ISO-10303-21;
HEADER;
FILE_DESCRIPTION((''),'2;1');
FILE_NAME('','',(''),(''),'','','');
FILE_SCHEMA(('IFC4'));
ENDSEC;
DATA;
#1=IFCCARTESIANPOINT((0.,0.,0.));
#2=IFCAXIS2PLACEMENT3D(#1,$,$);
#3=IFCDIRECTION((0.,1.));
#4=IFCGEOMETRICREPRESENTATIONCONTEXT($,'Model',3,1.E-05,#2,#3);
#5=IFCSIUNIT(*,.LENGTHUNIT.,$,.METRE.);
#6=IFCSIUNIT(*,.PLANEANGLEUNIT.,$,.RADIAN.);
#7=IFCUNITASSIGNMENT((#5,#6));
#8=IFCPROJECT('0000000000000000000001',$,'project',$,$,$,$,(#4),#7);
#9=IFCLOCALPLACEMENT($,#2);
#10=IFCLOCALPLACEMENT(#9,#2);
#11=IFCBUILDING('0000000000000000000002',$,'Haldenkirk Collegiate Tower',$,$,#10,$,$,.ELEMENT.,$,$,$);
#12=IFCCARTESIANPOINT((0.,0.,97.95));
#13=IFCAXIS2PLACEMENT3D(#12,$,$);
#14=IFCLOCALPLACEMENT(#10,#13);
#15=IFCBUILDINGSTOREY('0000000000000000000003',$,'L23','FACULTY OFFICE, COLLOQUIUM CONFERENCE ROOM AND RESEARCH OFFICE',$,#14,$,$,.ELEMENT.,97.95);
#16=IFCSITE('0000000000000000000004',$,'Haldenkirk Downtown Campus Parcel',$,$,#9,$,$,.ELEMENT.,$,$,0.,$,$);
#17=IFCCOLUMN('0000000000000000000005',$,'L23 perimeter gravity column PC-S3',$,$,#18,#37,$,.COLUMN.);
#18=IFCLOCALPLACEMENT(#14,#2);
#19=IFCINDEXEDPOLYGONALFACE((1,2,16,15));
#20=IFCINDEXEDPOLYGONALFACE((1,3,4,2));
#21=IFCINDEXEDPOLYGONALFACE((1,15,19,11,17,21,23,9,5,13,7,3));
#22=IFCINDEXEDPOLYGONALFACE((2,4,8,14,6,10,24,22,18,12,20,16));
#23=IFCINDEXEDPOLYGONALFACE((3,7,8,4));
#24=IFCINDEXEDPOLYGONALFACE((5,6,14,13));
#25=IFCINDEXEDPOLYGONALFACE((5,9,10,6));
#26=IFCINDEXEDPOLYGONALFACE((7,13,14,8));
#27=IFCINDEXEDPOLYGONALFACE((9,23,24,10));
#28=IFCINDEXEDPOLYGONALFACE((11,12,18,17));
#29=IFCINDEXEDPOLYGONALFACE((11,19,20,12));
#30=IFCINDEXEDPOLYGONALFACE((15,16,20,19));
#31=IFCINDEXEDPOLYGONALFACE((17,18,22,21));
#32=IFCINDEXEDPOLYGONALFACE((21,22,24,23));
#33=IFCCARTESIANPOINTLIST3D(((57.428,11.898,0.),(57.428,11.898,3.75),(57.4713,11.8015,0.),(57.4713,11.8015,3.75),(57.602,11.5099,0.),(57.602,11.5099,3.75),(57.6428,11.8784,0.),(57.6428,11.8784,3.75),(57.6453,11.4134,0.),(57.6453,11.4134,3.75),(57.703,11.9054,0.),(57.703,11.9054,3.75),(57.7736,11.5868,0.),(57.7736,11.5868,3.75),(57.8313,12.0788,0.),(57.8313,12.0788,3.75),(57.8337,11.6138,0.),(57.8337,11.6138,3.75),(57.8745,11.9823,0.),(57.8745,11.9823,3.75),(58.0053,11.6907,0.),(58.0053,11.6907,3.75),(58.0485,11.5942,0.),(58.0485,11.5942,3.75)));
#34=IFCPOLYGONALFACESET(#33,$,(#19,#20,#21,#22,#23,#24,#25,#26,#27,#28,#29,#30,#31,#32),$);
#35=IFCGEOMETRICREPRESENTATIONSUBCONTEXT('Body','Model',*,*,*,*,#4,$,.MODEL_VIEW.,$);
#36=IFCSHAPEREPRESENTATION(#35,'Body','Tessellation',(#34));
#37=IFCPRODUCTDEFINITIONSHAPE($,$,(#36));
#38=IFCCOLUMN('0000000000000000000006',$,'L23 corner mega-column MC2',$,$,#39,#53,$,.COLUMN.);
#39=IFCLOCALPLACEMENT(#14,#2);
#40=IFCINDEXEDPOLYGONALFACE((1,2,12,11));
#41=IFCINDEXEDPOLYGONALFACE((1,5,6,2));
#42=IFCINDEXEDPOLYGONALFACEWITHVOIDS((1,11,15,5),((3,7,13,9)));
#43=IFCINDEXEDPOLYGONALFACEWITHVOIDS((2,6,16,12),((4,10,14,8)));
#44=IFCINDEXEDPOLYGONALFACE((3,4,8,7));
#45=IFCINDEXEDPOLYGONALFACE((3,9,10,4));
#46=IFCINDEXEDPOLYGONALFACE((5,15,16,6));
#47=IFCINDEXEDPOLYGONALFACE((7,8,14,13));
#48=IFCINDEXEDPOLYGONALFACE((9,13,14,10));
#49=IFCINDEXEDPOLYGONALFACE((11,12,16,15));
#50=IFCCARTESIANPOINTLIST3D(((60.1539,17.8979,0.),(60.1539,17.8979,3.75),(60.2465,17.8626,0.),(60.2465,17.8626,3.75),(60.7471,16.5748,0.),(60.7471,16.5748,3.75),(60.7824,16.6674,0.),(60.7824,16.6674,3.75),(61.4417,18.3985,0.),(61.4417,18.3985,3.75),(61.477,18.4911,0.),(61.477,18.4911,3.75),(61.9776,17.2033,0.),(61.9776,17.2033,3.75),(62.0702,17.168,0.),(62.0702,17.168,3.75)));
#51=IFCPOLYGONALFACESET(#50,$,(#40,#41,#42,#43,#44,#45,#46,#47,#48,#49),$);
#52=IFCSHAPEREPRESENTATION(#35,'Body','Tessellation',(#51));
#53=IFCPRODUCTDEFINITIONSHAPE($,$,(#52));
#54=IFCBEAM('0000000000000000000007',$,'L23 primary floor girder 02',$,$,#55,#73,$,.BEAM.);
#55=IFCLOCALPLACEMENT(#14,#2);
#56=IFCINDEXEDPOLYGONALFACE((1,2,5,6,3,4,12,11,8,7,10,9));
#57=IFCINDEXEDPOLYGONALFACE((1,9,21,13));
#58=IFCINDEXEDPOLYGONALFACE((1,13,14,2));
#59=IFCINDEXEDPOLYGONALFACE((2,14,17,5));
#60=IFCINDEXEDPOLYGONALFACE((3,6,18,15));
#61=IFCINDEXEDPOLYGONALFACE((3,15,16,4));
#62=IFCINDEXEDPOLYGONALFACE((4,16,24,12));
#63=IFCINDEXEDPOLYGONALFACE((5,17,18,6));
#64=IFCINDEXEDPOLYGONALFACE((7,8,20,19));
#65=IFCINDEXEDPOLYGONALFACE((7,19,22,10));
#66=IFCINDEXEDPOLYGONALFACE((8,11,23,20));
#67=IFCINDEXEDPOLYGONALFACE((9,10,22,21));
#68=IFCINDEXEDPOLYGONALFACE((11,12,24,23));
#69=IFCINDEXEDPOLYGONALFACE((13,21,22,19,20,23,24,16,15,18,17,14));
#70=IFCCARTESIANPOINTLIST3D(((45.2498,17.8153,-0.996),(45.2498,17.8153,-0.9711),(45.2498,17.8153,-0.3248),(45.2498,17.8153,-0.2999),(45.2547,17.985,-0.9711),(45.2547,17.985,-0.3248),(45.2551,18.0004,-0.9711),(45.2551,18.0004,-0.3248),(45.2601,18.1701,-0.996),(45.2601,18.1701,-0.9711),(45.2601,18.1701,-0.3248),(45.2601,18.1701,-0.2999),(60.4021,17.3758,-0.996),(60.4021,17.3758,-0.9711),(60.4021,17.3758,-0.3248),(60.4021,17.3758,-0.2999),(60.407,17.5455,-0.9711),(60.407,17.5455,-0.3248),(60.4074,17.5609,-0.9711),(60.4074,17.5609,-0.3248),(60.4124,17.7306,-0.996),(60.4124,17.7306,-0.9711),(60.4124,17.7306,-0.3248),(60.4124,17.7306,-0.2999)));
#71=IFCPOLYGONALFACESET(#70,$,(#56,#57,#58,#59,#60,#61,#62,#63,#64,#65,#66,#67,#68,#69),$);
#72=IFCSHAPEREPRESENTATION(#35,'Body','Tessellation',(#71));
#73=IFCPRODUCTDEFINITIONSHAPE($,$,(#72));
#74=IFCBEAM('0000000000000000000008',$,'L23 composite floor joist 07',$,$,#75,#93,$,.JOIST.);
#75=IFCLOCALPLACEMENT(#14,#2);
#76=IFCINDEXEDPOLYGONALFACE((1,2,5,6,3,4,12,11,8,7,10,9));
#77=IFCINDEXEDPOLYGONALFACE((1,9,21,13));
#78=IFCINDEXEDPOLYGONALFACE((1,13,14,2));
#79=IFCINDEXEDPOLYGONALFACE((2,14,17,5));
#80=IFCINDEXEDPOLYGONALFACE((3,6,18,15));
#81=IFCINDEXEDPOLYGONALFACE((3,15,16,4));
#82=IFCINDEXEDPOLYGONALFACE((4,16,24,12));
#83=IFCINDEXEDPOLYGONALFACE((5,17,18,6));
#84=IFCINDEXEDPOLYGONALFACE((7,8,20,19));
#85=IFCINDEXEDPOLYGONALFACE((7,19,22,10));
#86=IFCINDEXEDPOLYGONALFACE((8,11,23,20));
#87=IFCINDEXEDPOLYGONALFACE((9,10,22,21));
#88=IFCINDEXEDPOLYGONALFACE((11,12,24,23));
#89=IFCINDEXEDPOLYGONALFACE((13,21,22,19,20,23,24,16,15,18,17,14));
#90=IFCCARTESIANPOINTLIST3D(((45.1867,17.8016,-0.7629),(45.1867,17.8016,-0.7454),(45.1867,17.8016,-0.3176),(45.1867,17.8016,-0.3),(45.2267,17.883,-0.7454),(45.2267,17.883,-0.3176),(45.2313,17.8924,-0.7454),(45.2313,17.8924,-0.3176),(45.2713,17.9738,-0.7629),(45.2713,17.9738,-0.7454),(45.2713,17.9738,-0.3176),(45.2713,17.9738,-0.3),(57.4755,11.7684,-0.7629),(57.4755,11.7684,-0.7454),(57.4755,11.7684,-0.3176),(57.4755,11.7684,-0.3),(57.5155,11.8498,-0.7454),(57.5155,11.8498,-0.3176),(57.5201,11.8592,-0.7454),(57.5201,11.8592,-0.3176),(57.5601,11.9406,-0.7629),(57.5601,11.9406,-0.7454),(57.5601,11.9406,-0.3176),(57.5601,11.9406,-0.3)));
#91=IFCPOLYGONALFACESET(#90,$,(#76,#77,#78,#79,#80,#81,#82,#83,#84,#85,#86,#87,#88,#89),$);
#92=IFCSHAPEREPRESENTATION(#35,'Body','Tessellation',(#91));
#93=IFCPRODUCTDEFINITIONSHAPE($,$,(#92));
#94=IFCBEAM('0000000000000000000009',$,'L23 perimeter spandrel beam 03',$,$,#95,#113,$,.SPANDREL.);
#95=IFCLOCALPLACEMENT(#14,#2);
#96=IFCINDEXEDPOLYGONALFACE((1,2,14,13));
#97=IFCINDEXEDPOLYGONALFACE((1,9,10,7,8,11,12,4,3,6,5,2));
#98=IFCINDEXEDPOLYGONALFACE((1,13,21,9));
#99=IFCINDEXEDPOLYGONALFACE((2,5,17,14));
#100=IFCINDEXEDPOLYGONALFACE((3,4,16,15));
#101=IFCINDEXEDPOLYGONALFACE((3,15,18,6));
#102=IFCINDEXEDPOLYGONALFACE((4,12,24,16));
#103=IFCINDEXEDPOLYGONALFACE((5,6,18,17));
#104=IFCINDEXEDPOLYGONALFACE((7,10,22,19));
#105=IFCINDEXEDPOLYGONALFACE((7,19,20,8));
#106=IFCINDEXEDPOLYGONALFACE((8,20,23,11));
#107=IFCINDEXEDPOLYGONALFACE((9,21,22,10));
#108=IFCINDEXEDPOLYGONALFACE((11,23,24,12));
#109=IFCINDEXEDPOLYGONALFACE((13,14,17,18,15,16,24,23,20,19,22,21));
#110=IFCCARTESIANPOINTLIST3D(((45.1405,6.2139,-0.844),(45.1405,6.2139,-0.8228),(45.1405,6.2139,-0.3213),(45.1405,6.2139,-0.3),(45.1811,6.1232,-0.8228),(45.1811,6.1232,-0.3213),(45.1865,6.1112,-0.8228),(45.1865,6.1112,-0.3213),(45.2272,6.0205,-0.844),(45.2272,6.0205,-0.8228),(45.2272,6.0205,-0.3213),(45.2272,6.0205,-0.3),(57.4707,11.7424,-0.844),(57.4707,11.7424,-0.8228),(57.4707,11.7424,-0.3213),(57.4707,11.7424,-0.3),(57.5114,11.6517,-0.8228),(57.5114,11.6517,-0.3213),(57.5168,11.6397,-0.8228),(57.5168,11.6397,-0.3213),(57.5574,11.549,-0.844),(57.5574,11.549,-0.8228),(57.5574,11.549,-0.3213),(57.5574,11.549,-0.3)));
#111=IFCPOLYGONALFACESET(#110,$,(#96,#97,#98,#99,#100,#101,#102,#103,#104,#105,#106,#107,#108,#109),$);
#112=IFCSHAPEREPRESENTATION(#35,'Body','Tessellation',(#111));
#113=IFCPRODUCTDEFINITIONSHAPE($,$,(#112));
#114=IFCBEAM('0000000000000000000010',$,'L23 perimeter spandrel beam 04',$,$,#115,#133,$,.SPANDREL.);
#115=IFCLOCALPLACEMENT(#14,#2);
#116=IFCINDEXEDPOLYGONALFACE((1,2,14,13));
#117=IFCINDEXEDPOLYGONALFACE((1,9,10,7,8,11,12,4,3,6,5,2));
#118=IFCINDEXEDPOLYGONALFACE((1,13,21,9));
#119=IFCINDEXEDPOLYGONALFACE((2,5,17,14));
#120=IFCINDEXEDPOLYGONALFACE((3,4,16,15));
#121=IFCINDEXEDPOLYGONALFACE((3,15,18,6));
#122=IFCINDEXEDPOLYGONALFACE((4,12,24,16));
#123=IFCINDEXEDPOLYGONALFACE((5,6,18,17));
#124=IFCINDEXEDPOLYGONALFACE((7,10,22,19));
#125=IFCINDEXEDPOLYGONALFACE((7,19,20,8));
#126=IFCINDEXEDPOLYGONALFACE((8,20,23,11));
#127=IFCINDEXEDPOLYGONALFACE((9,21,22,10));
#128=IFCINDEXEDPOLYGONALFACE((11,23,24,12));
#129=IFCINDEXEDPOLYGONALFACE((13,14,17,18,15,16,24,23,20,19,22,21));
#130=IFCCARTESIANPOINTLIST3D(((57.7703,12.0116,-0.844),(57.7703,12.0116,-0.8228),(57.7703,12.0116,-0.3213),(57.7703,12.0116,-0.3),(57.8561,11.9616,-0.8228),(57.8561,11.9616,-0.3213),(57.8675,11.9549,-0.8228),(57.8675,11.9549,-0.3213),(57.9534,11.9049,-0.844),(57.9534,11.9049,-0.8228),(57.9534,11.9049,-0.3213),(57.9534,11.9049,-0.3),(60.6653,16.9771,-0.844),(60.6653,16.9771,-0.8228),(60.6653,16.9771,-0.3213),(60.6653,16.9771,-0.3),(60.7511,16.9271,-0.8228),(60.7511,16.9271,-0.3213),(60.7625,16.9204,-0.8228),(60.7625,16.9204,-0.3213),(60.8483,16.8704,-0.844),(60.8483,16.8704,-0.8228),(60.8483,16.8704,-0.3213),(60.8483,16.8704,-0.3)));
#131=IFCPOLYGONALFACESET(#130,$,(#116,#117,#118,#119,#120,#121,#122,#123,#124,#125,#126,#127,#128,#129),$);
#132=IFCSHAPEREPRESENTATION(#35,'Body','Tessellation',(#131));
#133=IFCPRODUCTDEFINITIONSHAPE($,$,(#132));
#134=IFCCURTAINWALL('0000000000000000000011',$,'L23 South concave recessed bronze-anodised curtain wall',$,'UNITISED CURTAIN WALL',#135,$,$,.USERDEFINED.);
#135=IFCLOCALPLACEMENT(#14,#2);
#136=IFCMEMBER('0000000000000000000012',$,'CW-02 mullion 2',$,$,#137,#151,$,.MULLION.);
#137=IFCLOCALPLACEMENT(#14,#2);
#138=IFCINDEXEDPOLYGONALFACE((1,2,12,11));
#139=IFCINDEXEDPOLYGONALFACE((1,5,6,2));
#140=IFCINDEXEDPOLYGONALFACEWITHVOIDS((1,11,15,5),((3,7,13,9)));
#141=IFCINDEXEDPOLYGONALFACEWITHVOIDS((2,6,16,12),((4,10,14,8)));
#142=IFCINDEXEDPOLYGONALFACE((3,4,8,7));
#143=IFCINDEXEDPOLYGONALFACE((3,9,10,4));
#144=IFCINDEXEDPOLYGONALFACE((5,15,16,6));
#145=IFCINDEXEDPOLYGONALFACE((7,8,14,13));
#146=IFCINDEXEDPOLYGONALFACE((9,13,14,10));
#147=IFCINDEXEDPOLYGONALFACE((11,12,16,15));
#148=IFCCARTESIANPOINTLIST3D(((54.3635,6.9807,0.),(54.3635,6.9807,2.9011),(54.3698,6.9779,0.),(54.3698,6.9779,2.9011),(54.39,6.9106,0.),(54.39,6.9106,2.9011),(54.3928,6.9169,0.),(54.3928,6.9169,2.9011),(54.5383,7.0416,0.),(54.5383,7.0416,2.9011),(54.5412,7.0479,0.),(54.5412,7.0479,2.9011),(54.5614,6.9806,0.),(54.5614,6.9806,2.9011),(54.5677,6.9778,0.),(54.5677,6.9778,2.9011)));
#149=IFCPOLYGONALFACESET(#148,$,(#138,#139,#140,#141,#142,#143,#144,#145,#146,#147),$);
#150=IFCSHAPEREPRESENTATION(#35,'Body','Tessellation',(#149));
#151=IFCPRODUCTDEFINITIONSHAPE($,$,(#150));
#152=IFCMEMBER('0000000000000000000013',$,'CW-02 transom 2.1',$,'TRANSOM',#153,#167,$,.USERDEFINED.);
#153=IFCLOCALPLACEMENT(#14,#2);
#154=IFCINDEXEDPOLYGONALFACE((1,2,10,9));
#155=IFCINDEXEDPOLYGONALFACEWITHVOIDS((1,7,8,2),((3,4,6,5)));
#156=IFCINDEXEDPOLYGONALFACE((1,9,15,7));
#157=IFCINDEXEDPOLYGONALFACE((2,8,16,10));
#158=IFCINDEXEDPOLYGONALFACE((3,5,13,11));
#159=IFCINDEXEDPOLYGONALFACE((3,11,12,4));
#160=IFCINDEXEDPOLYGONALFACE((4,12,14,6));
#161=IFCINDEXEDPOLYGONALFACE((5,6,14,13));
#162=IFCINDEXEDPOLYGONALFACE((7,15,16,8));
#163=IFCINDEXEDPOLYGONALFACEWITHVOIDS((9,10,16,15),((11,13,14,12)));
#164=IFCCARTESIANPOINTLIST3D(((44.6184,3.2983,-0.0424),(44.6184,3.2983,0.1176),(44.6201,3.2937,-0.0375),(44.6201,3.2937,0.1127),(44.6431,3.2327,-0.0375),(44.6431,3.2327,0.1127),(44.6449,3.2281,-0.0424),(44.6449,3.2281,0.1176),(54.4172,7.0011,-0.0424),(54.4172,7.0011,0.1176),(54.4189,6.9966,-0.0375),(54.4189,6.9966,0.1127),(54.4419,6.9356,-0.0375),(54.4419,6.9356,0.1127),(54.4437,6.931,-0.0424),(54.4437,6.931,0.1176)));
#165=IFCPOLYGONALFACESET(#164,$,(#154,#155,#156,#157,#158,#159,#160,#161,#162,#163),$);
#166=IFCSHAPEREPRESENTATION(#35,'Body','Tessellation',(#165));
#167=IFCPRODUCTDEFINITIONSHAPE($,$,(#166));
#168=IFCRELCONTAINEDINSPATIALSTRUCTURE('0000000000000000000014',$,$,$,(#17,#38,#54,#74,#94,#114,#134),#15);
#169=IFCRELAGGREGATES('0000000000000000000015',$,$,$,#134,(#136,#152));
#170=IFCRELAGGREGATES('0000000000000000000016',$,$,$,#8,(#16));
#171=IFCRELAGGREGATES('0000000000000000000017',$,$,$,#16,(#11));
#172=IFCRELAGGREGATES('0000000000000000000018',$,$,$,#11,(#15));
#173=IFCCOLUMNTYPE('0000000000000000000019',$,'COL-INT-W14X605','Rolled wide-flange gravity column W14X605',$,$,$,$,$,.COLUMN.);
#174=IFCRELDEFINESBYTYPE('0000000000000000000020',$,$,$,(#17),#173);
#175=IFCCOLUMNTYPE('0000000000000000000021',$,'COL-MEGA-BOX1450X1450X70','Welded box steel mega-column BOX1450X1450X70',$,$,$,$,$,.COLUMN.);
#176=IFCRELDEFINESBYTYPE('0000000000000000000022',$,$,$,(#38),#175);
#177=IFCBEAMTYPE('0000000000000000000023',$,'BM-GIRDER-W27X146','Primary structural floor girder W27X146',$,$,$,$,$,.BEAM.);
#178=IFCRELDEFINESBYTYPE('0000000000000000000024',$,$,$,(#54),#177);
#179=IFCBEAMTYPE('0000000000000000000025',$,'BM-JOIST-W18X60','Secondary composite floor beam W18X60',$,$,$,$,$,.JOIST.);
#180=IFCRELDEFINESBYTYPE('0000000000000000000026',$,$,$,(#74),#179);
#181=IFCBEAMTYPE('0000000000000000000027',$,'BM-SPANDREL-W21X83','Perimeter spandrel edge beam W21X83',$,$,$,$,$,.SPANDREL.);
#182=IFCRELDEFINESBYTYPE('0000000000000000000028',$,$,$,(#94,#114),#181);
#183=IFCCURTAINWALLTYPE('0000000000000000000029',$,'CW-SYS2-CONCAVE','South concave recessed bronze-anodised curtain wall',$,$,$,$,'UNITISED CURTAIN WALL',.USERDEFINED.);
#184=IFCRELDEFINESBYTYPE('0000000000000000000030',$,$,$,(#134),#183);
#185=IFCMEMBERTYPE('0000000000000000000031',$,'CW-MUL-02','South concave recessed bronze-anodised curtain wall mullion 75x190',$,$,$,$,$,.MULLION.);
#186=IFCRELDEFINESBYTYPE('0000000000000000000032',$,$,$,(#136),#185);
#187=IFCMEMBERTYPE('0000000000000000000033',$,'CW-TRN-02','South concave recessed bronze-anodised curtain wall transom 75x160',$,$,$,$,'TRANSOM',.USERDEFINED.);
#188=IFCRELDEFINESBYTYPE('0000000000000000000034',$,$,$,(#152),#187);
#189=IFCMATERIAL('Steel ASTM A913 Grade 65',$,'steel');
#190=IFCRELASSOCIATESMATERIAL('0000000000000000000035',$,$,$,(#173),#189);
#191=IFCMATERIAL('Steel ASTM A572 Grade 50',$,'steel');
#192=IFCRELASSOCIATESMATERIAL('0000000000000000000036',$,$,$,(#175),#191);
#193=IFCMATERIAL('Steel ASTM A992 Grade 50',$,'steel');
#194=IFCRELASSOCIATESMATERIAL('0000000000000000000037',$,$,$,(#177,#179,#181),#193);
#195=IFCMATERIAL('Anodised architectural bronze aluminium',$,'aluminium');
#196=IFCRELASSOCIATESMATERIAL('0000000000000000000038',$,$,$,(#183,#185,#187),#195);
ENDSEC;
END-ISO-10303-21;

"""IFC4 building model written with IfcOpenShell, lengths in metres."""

from ifc_helpers import new_model, si_unit, direction, frame, origin, origin_2d, place, context, subcontext, project, spatial, hollow_rectangle, i_section, extrude, material, material_profile, profile_set, type_object, element, aggregate, save


model = new_model("IFC4")

# Units and contexts
model_context = context("Model", 3, precision=1e-05, world=origin(), true_north=direction((0.0, 1.0)))
body_context = subcontext(model_context, "Body", "Model", "MODEL_VIEW")
ifc_project = project(units=[si_unit("LENGTHUNIT", "METRE"), si_unit("PLANEANGLEUNIT", "RADIAN")], contexts=[model_context])

# Site, building, storey
site_placement = place(None, origin())
site = spatial("IfcSite", under=ifc_project, at=site_placement, Name="Haldenkirk Downtown Campus Parcel", CompositionType="ELEMENT", RefElevation=0.0)
building_placement = place(site_placement, origin())
building = spatial("IfcBuilding", under=site, at=building_placement, Name="Haldenkirk Collegiate Tower", CompositionType="ELEMENT")
storey_placement = place(building_placement, frame((0.0, 0.0, 97.95)))
storey = spatial("IfcBuildingStorey", under=building, at=storey_placement, Name="L23", Description="FACULTY OFFICE, COLLOQUIUM CONFERENCE ROOM AND RESEARCH OFFICE", CompositionType="ELEMENT", Elevation=97.95)

# Columns
ifc_material_1 = material(Name="Steel ASTM A913 Grade 65", Category="steel")
ifc_material_profile_1 = material_profile(ifc_material_1, i_section(OverallWidth=0.4419, OverallDepth=0.531, WebThickness=0.0659, FlangeThickness=0.1057, at=origin_2d()), Name="W14X605")
ifc_profile_set_1 = profile_set([ifc_material_profile_1], Name="Steel ASTM A913 Grade 65")
column_type_1 = type_object("IfcColumnType", Name="COL-INT-W14X605", Description="Rolled wide-flange gravity column W14X605", PredefinedType="COLUMN", material=ifc_profile_set_1)
column_1_placement = place(storey_placement, frame((57.7383, 11.7461, 0.0), z_axis=(0.0, 0.0, 1.0), x_axis=(0.912477, 0.409127, 0.0)))
element("IfcColumn", 1, at=column_1_placement, inside=storey, type_object=column_type_1, Name="L23 perimeter gravity column PC-S3", PredefinedType="COLUMN", context=body_context, shape_type="SweptSolid", body=[
    extrude(i_section(OverallWidth=0.4419, OverallDepth=0.531, WebThickness=0.0659, FlangeThickness=0.1057, at=origin_2d()), origin(), (0.0, 0.0, 1.0), 3.75),
])
ifc_material_2 = material(Name="Steel ASTM A572 Grade 50", Category="steel")
ifc_material_profile_2 = material_profile(ifc_material_2, hollow_rectangle(XDim=1.45, YDim=1.45, WallThickness=0.0701, at=origin_2d()), Name="BOX1450X1450X70")
ifc_profile_set_2 = profile_set([ifc_material_profile_2], Name="Steel ASTM A572 Grade 50")
column_type_2 = type_object("IfcColumnType", Name="COL-MEGA-BOX1450X1450X70", Description="Welded box steel mega-column BOX1450X1450X70", PredefinedType="COLUMN", material=ifc_profile_set_2)
column_2_placement = place(storey_placement, frame((61.1121, 17.533, 0.0), z_axis=(0.0, 0.0, 1.0), x_axis=(0.912477, 0.409127, 0.0)))
element("IfcColumn", 2, at=column_2_placement, inside=storey, type_object=column_type_2, Name="L23 corner mega-column MC2", PredefinedType="COLUMN", context=body_context, shape_type="SweptSolid", body=[
    extrude(hollow_rectangle(XDim=1.45, YDim=1.45, WallThickness=0.0701, at=origin_2d()), origin(), (0.0, 0.0, 1.0), 3.75),
])

# Beams
ifc_material_3 = material(Name="Steel ASTM A992 Grade 50", Category="steel")
ifc_material_profile_3 = material_profile(ifc_material_3, i_section(OverallWidth=0.355, OverallDepth=0.696, WebThickness=0.0154, FlangeThickness=0.0249, at=origin_2d()), Name="W27X146")
ifc_profile_set_3 = profile_set([ifc_material_profile_3], Name="Steel ASTM A992 Grade 50")
beam_type_1 = type_object("IfcBeamType", Name="BM-GIRDER-W27X146", Description="Primary structural floor girder W27X146", PredefinedType="BEAM", material=ifc_profile_set_3)
beam_1_placement = place(storey_placement, frame((60.4072, 17.5532, -0.6479), z_axis=(-0.99958, 0.02899, 0.0), x_axis=(-0.02899, -0.99958, 0.0)))
element("IfcBeam", 3, at=beam_1_placement, inside=storey, type_object=beam_type_1, Name="L23 primary floor girder 02", PredefinedType="BEAM", context=body_context, shape_type="SweptSolid", body=[
    extrude(i_section(OverallWidth=0.355, OverallDepth=0.696, WebThickness=0.0154, FlangeThickness=0.0249, at=origin_2d()), origin(), (0.0, 0.0, 1.0), 15.1587),
])
ifc_material_profile_4 = material_profile(ifc_material_3, i_section(OverallWidth=0.1919, OverallDepth=0.4629, WebThickness=0.0105, FlangeThickness=0.0176, at=origin_2d()), Name="W18X60")
ifc_profile_set_4 = profile_set([ifc_material_profile_4], Name="Steel ASTM A992 Grade 50")
beam_type_2 = type_object("IfcBeamType", Name="BM-JOIST-W18X60", Description="Secondary composite floor beam W18X60", PredefinedType="JOIST", material=ifc_profile_set_4)
beam_2_placement = place(storey_placement, frame((57.5178, 11.8545, -0.5315), z_axis=(-0.897653, 0.440703, 0.0), x_axis=(-0.440703, -0.897653, 0.0)))
element("IfcBeam", 4, at=beam_2_placement, inside=storey, type_object=beam_type_2, Name="L23 composite floor joist 07", PredefinedType="JOIST", context=body_context, shape_type="SweptSolid", body=[
    extrude(i_section(OverallWidth=0.1919, OverallDepth=0.4629, WebThickness=0.0105, FlangeThickness=0.0176, at=origin_2d()), origin(), (0.0, 0.0, 1.0), 13.6899),
])
ifc_material_profile_5 = material_profile(ifc_material_3, i_section(OverallWidth=0.2119, OverallDepth=0.5439, WebThickness=0.0132, FlangeThickness=0.0212, at=origin_2d()), Name="W21X83")
ifc_profile_set_5 = profile_set([ifc_material_profile_5], Name="Steel ASTM A992 Grade 50")
beam_type_3 = type_object("IfcBeamType", Name="BM-SPANDREL-W21X83", Description="Perimeter spandrel edge beam W21X83", PredefinedType="SPANDREL", material=ifc_profile_set_5)
beam_3_placement = place(storey_placement, frame((45.1838, 6.1172, -0.572), z_axis=(0.912477, 0.409129, 0.0), x_axis=(-0.409129, 0.912477, 0.0)))
element("IfcBeam", 5, at=beam_3_placement, inside=storey, type_object=beam_type_3, Name="L23 perimeter spandrel beam 03", PredefinedType="SPANDREL", context=body_context, shape_type="SweptSolid", body=[
    extrude(i_section(OverallWidth=0.2119, OverallDepth=0.5439, WebThickness=0.0132, FlangeThickness=0.0212, at=origin_2d()), origin(), (0.0, 0.0, 1.0), 13.5129),
])
beam_4_placement = place(storey_placement, frame((57.8618, 11.9583, -0.572), z_axis=(0.503668, 0.863897, 0.0), x_axis=(-0.863897, 0.503668, 0.0)))
element("IfcBeam", 6, at=beam_4_placement, inside=storey, type_object=beam_type_3, Name="L23 perimeter spandrel beam 04", PredefinedType="SPANDREL", context=body_context, shape_type="SweptSolid", body=[
    extrude(i_section(OverallWidth=0.2119, OverallDepth=0.5439, WebThickness=0.0132, FlangeThickness=0.0212, at=origin_2d()), origin(), (0.0, 0.0, 1.0), 5.7478),
])

# Curtain wall, members
ifc_material_4 = material(Name="Anodised architectural bronze aluminium", Category="aluminium")
curtain_wall_type = type_object("IfcCurtainWallType", Name="CW-SYS2-CONCAVE", Description="South concave recessed bronze-anodised curtain wall", ElementType="UNITISED CURTAIN WALL", PredefinedType="USERDEFINED", material=ifc_material_4)
curtain_wall_placement = place(storey_placement, origin())
curtain_wall = element("IfcCurtainWall", 7, at=curtain_wall_placement, inside=storey, type_object=curtain_wall_type, Name="L23 South concave recessed bronze-anodised curtain wall", ObjectType="UNITISED CURTAIN WALL", PredefinedType="USERDEFINED")
ifc_material_profile_6 = material_profile(ifc_material_4, hollow_rectangle(XDim=0.075, YDim=0.1899, WallThickness=0.0049, at=origin_2d()), Name="CW-MUL-02")
ifc_profile_set_6 = profile_set([ifc_material_profile_6], Name="Anodised architectural bronze aluminium")
member_type_1 = type_object("IfcMemberType", Name="CW-MUL-02", Description="South concave recessed bronze-anodised curtain wall mullion 75x190", PredefinedType="MULLION", material=ifc_profile_set_6)
member_1_placement = place(storey_placement, frame((54.4656, 6.9792, 0.0), z_axis=(0.0, 0.0, 1.0), x_axis=(0.353476, -0.935443, 0.0)))
member_1 = element("IfcMember", 8, at=member_1_placement, type_object=member_type_1, Name="CW-02 mullion 2", PredefinedType="MULLION", context=body_context, shape_type="SweptSolid", body=[
    extrude(hollow_rectangle(XDim=0.075, YDim=0.1899, WallThickness=0.0049, at=origin_2d()), origin(), (0.0, 0.0, 1.0), 2.9011),
])
ifc_material_profile_7 = material_profile(ifc_material_4, hollow_rectangle(XDim=0.075, YDim=0.1599, WallThickness=0.0049, at=origin_2d()), Name="CW-TRN-02")
ifc_profile_set_7 = profile_set([ifc_material_profile_7], Name="Anodised architectural bronze aluminium")
member_type_2 = type_object("IfcMemberType", Name="CW-TRN-02", Description="South concave recessed bronze-anodised curtain wall transom 75x160", ElementType="TRANSOM", PredefinedType="USERDEFINED", material=ifc_profile_set_7)
member_2_placement = place(storey_placement, frame((54.4304, 6.9661, 0.0376), z_axis=(-0.935437, -0.353493, 0.0), x_axis=(0.353493, -0.935437, 0.0)))
member_2 = element("IfcMember", 9, at=member_2_placement, type_object=member_type_2, Name="CW-02 transom 2.1", ObjectType="TRANSOM", PredefinedType="USERDEFINED", context=body_context, shape_type="SweptSolid", body=[
    extrude(hollow_rectangle(XDim=0.075, YDim=0.1599, WallThickness=0.0049, at=origin_2d()), origin(), (0.0, 0.0, 1.0), 10.4751),
])
aggregate(curtain_wall, [member_1, member_2])

save(model, "model.ifc")
